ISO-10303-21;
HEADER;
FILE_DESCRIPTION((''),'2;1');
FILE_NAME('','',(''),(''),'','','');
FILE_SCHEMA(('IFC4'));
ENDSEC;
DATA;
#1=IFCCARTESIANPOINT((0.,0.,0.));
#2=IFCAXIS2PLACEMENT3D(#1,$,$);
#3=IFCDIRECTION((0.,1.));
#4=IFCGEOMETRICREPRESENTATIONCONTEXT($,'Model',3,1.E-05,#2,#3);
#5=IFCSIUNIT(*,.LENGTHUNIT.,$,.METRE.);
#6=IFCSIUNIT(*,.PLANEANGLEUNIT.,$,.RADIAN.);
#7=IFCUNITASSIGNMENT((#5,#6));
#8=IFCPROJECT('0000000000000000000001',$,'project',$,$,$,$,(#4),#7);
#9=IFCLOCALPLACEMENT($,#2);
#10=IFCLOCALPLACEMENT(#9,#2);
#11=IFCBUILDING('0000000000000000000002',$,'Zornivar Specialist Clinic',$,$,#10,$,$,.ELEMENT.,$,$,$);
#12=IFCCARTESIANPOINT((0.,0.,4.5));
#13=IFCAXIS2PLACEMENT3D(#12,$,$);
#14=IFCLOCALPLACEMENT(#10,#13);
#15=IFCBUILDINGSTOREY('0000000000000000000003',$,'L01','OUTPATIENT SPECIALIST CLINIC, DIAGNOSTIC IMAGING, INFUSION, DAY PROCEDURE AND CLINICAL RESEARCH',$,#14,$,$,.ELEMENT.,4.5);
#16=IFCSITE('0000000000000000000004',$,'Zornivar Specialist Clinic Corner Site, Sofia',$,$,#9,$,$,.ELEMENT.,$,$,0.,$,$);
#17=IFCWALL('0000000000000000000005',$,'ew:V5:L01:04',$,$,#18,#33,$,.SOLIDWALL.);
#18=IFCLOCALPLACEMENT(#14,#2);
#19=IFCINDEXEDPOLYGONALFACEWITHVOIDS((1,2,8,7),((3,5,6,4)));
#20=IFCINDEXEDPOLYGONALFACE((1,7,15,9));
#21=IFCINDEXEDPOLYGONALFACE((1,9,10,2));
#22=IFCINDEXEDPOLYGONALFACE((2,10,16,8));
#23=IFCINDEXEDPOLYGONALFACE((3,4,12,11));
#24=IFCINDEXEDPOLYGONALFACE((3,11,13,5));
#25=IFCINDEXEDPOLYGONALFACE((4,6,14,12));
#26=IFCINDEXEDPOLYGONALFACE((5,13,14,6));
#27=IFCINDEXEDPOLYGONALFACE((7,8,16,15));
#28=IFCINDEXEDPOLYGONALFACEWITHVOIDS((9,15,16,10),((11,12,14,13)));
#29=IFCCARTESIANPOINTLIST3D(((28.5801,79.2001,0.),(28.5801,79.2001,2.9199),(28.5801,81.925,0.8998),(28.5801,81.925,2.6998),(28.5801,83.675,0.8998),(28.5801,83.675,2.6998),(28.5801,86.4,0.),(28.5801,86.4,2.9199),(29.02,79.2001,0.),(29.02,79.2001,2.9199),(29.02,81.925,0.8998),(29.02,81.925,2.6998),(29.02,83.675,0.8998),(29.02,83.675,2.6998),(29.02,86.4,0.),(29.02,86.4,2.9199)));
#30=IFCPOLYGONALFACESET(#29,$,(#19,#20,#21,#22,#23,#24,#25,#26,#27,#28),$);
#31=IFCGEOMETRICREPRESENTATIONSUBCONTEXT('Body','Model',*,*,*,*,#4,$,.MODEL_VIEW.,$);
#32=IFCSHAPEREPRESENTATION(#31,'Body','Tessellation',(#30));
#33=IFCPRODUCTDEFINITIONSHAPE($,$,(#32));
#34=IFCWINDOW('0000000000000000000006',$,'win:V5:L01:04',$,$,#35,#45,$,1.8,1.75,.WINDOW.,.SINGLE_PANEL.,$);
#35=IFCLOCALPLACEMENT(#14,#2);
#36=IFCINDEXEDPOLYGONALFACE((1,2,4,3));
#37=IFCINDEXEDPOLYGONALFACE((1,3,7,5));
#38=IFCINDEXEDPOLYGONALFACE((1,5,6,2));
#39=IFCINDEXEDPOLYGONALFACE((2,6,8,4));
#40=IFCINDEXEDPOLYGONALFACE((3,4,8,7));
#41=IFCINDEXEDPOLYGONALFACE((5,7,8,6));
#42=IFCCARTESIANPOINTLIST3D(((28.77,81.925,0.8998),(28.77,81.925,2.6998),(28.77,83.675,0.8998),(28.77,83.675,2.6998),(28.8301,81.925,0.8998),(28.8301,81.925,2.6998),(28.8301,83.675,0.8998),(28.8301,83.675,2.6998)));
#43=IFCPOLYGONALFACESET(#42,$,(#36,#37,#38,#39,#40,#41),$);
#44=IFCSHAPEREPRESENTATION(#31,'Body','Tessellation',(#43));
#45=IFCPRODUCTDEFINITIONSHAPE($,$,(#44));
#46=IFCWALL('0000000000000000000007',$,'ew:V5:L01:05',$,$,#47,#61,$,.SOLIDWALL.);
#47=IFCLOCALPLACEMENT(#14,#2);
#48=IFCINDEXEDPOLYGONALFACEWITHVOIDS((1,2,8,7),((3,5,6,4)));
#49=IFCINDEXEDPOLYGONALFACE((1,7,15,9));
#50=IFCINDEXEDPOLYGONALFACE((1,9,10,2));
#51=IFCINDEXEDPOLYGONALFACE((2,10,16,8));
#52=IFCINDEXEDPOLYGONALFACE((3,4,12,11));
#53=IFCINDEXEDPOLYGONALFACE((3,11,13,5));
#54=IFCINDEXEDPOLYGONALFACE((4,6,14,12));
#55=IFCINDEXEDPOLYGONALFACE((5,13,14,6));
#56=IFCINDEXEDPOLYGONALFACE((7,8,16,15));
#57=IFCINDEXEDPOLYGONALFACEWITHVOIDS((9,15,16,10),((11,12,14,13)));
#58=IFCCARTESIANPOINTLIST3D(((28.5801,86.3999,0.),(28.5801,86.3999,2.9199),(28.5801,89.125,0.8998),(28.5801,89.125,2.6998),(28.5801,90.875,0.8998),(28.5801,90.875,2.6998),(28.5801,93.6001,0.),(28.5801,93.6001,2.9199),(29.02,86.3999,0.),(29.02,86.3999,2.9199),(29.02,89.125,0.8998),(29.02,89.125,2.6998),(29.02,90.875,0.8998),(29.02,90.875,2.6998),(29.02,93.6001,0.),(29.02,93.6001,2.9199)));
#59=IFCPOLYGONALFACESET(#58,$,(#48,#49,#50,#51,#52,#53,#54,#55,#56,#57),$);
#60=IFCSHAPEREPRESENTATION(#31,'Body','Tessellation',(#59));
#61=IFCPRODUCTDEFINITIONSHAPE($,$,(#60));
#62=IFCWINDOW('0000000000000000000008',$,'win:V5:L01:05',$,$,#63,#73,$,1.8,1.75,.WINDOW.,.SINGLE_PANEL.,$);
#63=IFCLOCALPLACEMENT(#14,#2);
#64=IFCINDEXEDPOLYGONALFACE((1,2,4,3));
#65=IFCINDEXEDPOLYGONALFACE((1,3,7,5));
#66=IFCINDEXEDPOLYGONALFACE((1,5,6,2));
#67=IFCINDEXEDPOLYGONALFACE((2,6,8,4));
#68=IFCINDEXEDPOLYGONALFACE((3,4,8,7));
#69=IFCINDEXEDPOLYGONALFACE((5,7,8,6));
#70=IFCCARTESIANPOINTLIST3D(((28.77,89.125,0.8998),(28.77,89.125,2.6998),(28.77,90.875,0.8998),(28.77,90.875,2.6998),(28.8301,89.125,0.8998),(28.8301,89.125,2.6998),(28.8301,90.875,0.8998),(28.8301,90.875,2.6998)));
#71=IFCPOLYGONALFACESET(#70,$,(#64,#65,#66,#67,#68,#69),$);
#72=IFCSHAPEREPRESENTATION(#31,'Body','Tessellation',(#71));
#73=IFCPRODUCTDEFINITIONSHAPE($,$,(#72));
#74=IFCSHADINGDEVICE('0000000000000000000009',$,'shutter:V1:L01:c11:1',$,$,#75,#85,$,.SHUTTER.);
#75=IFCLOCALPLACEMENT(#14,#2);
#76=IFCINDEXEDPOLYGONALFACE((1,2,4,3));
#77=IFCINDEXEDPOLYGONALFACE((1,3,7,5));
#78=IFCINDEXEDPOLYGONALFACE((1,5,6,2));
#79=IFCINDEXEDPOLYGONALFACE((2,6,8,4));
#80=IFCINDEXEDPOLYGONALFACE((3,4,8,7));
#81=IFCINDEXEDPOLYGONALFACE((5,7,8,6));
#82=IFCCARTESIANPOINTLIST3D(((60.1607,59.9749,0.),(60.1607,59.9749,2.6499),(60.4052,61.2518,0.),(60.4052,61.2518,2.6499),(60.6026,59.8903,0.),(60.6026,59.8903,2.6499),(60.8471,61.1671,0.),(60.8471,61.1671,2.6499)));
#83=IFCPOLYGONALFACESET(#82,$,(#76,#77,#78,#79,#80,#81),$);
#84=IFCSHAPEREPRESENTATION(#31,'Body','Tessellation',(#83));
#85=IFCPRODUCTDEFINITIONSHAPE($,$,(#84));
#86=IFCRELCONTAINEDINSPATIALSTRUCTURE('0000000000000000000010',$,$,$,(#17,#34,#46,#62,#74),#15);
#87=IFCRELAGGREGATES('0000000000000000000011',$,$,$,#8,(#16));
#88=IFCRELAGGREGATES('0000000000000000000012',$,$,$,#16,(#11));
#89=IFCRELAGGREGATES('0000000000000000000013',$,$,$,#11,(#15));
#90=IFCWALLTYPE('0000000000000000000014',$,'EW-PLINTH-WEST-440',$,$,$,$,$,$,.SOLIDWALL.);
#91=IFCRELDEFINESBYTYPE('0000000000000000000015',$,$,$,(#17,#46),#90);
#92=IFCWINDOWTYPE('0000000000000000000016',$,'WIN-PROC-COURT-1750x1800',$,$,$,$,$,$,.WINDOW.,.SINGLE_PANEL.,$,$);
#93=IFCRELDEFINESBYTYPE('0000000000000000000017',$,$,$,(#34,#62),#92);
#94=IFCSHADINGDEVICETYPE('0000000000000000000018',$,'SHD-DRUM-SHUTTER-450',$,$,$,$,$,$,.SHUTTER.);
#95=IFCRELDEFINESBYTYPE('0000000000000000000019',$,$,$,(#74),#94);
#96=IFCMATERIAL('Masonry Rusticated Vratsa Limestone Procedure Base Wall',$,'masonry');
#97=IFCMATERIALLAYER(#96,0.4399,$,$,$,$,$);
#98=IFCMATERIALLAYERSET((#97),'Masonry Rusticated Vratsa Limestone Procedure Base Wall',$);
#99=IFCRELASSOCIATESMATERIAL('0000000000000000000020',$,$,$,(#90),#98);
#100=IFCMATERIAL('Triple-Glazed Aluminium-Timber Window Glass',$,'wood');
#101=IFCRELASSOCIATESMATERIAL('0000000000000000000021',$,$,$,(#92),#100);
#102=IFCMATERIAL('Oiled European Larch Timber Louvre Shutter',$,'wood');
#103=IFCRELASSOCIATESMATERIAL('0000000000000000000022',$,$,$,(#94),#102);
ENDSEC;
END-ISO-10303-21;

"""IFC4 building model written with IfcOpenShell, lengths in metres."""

from ifc_helpers import new_model, si_unit, direction, frame, frame_2d, origin, origin_2d, place, context, subcontext, project, spatial, rectangle, extrude, material, layer, layer_set, type_object, element, fill, save


model = new_model("IFC4")

# Units and contexts
model_context = context("Model", 3, precision=1e-05, world=origin(), true_north=direction((0.0, 1.0)))
body_context = subcontext(model_context, "Body", "Model", "MODEL_VIEW")
ifc_project = project(units=[si_unit("LENGTHUNIT", "METRE"), si_unit("PLANEANGLEUNIT", "RADIAN")], contexts=[model_context])

# Site, building, storey
site_placement = place(None, origin())
site = spatial("IfcSite", under=ifc_project, at=site_placement, Name="Zornivar Specialist Clinic Corner Site, Sofia", CompositionType="ELEMENT", RefElevation=0.0)
building_placement = place(site_placement, origin())
building = spatial("IfcBuilding", under=site, at=building_placement, Name="Zornivar Specialist Clinic", CompositionType="ELEMENT")
storey_placement = place(building_placement, frame((0.0, 0.0, 4.5)))
storey = spatial("IfcBuildingStorey", under=building, at=storey_placement, Name="L01", Description="OUTPATIENT SPECIALIST CLINIC, DIAGNOSTIC IMAGING, INFUSION, DAY PROCEDURE AND CLINICAL RESEARCH", CompositionType="ELEMENT", Elevation=4.5)

# Walls, openings, windows
ifc_material_1 = material(Name="Masonry Rusticated Vratsa Limestone Procedure Base Wall", Category="masonry")
ifc_layer = layer(ifc_material_1, 0.4399)
ifc_layer_set = layer_set([ifc_layer], Name="Masonry Rusticated Vratsa Limestone Procedure Base Wall")
wall_type = type_object("IfcWallType", Name="EW-PLINTH-WEST-440", PredefinedType="SOLIDWALL", material=ifc_layer_set)
ifc_material_2 = material(Name="Triple-Glazed Aluminium-Timber Window Glass", Category="wood")
window_type = type_object("IfcWindowType", Name="WIN-PROC-COURT-1750x1800", PartitioningType="SINGLE_PANEL", PredefinedType="WINDOW", material=ifc_material_2)
wall_1_placement = place(storey_placement, frame((28.8, 79.2, 0.0), z_axis=(0.0, 0.0, 1.0), x_axis=(0.0, 1.0, 0.0)))
wall_1 = element("IfcWall", 1, at=wall_1_placement, inside=storey, type_object=wall_type, Name="ew:V5:L01:04", PredefinedType="SOLIDWALL", context=body_context, shape_type="SweptSolid", body=[
    extrude(rectangle(XDim=7.2, YDim=0.4399, at=frame_2d((3.6001, 0.0))), origin(), (0.0, 0.0, 1.0), 2.9199),
])
opening_1_placement = place(wall_1_placement, frame((2.7251, 0.0, 0.8999)))
opening_1 = element("IfcOpeningElement", 2, at=opening_1_placement, cuts=wall_1, PredefinedType="OPENING", context=body_context, shape_type="SweptSolid", body=[
    extrude(rectangle(XDim=1.75, YDim=1.8, at=frame_2d((0.875, 0.8999))), frame((0.0, 0.23, 0.0), z_axis=(0.0, -1.0, 0.0), x_axis=(1.0, 0.0, 0.0)), (0.0, 0.0, 1.0), 0.46),
])
window_1_placement = place(opening_1_placement, origin())
window_1 = element("IfcWindow", 3, at=window_1_placement, inside=storey, type_object=window_type, Name="win:V5:L01:04", OverallHeight=1.8, OverallWidth=1.75, PartitioningType="SINGLE_PANEL", PredefinedType="WINDOW", context=body_context, shape_type="SweptSolid", body=[
    extrude(rectangle(XDim=1.75, YDim=1.8, at=frame_2d((0.875, 0.8999))), frame((0.0, 0.03, 0.0), z_axis=(0.0, -1.0, 0.0), x_axis=(1.0, 0.0, 0.0)), (0.0, 0.0, 1.0), 0.0601),
])
fill(opening_1, window_1)
wall_2_placement = place(storey_placement, frame((28.8, 86.3999, 0.0), z_axis=(0.0, 0.0, 1.0), x_axis=(0.0, 1.0, 0.0)))
wall_2 = element("IfcWall", 4, at=wall_2_placement, inside=storey, type_object=wall_type, Name="ew:V5:L01:05", PredefinedType="SOLIDWALL", context=body_context, shape_type="SweptSolid", body=[
    extrude(rectangle(XDim=7.2002, YDim=0.4399, at=frame_2d((3.6001, 0.0))), origin(), (0.0, 0.0, 1.0), 2.9199),
])
opening_2_placement = place(wall_2_placement, frame((2.7251, 0.0, 0.8999)))
opening_2 = element("IfcOpeningElement", 5, at=opening_2_placement, cuts=wall_2, PredefinedType="OPENING", context=body_context, shape_type="SweptSolid", body=[
    extrude(rectangle(XDim=1.75, YDim=1.8, at=frame_2d((0.875, 0.8999))), frame((0.0, 0.23, 0.0), z_axis=(0.0, -1.0, 0.0), x_axis=(1.0, 0.0, 0.0)), (0.0, 0.0, 1.0), 0.46),
])
window_2_placement = place(opening_2_placement, origin())
window_2 = element("IfcWindow", 6, at=window_2_placement, inside=storey, type_object=window_type, Name="win:V5:L01:05", OverallHeight=1.8, OverallWidth=1.75, PartitioningType="SINGLE_PANEL", PredefinedType="WINDOW", context=body_context, shape_type="SweptSolid", body=[
    extrude(rectangle(XDim=1.75, YDim=1.8, at=frame_2d((0.875, 0.8999))), frame((0.0, 0.03, 0.0), z_axis=(0.0, -1.0, 0.0), x_axis=(1.0, 0.0, 0.0)), (0.0, 0.0, 1.0), 0.0601),
])
fill(opening_2, window_2)

# Shading device
ifc_material_3 = material(Name="Oiled European Larch Timber Louvre Shutter", Category="wood")
shading_device_type = type_object("IfcShadingDeviceType", Name="SHD-DRUM-SHUTTER-450", PredefinedType="SHUTTER", material=ifc_material_3)
shading_device_placement = place(storey_placement, frame((60.5039, 60.571, 0.0), z_axis=(0.0, 0.0, 1.0), x_axis=(-0.188099, -0.98215, 0.0)))
element("IfcShadingDevice", 7, at=shading_device_placement, inside=storey, type_object=shading_device_type, Name="shutter:V1:L01:c11:1", PredefinedType="SHUTTER", context=body_context, shape_type="SweptSolid", body=[
    extrude(rectangle(XDim=1.3, YDim=0.45, at=origin_2d()), origin(), (0.0, 0.0, 1.0), 2.6499),
])

save(model, "model.ifc")
